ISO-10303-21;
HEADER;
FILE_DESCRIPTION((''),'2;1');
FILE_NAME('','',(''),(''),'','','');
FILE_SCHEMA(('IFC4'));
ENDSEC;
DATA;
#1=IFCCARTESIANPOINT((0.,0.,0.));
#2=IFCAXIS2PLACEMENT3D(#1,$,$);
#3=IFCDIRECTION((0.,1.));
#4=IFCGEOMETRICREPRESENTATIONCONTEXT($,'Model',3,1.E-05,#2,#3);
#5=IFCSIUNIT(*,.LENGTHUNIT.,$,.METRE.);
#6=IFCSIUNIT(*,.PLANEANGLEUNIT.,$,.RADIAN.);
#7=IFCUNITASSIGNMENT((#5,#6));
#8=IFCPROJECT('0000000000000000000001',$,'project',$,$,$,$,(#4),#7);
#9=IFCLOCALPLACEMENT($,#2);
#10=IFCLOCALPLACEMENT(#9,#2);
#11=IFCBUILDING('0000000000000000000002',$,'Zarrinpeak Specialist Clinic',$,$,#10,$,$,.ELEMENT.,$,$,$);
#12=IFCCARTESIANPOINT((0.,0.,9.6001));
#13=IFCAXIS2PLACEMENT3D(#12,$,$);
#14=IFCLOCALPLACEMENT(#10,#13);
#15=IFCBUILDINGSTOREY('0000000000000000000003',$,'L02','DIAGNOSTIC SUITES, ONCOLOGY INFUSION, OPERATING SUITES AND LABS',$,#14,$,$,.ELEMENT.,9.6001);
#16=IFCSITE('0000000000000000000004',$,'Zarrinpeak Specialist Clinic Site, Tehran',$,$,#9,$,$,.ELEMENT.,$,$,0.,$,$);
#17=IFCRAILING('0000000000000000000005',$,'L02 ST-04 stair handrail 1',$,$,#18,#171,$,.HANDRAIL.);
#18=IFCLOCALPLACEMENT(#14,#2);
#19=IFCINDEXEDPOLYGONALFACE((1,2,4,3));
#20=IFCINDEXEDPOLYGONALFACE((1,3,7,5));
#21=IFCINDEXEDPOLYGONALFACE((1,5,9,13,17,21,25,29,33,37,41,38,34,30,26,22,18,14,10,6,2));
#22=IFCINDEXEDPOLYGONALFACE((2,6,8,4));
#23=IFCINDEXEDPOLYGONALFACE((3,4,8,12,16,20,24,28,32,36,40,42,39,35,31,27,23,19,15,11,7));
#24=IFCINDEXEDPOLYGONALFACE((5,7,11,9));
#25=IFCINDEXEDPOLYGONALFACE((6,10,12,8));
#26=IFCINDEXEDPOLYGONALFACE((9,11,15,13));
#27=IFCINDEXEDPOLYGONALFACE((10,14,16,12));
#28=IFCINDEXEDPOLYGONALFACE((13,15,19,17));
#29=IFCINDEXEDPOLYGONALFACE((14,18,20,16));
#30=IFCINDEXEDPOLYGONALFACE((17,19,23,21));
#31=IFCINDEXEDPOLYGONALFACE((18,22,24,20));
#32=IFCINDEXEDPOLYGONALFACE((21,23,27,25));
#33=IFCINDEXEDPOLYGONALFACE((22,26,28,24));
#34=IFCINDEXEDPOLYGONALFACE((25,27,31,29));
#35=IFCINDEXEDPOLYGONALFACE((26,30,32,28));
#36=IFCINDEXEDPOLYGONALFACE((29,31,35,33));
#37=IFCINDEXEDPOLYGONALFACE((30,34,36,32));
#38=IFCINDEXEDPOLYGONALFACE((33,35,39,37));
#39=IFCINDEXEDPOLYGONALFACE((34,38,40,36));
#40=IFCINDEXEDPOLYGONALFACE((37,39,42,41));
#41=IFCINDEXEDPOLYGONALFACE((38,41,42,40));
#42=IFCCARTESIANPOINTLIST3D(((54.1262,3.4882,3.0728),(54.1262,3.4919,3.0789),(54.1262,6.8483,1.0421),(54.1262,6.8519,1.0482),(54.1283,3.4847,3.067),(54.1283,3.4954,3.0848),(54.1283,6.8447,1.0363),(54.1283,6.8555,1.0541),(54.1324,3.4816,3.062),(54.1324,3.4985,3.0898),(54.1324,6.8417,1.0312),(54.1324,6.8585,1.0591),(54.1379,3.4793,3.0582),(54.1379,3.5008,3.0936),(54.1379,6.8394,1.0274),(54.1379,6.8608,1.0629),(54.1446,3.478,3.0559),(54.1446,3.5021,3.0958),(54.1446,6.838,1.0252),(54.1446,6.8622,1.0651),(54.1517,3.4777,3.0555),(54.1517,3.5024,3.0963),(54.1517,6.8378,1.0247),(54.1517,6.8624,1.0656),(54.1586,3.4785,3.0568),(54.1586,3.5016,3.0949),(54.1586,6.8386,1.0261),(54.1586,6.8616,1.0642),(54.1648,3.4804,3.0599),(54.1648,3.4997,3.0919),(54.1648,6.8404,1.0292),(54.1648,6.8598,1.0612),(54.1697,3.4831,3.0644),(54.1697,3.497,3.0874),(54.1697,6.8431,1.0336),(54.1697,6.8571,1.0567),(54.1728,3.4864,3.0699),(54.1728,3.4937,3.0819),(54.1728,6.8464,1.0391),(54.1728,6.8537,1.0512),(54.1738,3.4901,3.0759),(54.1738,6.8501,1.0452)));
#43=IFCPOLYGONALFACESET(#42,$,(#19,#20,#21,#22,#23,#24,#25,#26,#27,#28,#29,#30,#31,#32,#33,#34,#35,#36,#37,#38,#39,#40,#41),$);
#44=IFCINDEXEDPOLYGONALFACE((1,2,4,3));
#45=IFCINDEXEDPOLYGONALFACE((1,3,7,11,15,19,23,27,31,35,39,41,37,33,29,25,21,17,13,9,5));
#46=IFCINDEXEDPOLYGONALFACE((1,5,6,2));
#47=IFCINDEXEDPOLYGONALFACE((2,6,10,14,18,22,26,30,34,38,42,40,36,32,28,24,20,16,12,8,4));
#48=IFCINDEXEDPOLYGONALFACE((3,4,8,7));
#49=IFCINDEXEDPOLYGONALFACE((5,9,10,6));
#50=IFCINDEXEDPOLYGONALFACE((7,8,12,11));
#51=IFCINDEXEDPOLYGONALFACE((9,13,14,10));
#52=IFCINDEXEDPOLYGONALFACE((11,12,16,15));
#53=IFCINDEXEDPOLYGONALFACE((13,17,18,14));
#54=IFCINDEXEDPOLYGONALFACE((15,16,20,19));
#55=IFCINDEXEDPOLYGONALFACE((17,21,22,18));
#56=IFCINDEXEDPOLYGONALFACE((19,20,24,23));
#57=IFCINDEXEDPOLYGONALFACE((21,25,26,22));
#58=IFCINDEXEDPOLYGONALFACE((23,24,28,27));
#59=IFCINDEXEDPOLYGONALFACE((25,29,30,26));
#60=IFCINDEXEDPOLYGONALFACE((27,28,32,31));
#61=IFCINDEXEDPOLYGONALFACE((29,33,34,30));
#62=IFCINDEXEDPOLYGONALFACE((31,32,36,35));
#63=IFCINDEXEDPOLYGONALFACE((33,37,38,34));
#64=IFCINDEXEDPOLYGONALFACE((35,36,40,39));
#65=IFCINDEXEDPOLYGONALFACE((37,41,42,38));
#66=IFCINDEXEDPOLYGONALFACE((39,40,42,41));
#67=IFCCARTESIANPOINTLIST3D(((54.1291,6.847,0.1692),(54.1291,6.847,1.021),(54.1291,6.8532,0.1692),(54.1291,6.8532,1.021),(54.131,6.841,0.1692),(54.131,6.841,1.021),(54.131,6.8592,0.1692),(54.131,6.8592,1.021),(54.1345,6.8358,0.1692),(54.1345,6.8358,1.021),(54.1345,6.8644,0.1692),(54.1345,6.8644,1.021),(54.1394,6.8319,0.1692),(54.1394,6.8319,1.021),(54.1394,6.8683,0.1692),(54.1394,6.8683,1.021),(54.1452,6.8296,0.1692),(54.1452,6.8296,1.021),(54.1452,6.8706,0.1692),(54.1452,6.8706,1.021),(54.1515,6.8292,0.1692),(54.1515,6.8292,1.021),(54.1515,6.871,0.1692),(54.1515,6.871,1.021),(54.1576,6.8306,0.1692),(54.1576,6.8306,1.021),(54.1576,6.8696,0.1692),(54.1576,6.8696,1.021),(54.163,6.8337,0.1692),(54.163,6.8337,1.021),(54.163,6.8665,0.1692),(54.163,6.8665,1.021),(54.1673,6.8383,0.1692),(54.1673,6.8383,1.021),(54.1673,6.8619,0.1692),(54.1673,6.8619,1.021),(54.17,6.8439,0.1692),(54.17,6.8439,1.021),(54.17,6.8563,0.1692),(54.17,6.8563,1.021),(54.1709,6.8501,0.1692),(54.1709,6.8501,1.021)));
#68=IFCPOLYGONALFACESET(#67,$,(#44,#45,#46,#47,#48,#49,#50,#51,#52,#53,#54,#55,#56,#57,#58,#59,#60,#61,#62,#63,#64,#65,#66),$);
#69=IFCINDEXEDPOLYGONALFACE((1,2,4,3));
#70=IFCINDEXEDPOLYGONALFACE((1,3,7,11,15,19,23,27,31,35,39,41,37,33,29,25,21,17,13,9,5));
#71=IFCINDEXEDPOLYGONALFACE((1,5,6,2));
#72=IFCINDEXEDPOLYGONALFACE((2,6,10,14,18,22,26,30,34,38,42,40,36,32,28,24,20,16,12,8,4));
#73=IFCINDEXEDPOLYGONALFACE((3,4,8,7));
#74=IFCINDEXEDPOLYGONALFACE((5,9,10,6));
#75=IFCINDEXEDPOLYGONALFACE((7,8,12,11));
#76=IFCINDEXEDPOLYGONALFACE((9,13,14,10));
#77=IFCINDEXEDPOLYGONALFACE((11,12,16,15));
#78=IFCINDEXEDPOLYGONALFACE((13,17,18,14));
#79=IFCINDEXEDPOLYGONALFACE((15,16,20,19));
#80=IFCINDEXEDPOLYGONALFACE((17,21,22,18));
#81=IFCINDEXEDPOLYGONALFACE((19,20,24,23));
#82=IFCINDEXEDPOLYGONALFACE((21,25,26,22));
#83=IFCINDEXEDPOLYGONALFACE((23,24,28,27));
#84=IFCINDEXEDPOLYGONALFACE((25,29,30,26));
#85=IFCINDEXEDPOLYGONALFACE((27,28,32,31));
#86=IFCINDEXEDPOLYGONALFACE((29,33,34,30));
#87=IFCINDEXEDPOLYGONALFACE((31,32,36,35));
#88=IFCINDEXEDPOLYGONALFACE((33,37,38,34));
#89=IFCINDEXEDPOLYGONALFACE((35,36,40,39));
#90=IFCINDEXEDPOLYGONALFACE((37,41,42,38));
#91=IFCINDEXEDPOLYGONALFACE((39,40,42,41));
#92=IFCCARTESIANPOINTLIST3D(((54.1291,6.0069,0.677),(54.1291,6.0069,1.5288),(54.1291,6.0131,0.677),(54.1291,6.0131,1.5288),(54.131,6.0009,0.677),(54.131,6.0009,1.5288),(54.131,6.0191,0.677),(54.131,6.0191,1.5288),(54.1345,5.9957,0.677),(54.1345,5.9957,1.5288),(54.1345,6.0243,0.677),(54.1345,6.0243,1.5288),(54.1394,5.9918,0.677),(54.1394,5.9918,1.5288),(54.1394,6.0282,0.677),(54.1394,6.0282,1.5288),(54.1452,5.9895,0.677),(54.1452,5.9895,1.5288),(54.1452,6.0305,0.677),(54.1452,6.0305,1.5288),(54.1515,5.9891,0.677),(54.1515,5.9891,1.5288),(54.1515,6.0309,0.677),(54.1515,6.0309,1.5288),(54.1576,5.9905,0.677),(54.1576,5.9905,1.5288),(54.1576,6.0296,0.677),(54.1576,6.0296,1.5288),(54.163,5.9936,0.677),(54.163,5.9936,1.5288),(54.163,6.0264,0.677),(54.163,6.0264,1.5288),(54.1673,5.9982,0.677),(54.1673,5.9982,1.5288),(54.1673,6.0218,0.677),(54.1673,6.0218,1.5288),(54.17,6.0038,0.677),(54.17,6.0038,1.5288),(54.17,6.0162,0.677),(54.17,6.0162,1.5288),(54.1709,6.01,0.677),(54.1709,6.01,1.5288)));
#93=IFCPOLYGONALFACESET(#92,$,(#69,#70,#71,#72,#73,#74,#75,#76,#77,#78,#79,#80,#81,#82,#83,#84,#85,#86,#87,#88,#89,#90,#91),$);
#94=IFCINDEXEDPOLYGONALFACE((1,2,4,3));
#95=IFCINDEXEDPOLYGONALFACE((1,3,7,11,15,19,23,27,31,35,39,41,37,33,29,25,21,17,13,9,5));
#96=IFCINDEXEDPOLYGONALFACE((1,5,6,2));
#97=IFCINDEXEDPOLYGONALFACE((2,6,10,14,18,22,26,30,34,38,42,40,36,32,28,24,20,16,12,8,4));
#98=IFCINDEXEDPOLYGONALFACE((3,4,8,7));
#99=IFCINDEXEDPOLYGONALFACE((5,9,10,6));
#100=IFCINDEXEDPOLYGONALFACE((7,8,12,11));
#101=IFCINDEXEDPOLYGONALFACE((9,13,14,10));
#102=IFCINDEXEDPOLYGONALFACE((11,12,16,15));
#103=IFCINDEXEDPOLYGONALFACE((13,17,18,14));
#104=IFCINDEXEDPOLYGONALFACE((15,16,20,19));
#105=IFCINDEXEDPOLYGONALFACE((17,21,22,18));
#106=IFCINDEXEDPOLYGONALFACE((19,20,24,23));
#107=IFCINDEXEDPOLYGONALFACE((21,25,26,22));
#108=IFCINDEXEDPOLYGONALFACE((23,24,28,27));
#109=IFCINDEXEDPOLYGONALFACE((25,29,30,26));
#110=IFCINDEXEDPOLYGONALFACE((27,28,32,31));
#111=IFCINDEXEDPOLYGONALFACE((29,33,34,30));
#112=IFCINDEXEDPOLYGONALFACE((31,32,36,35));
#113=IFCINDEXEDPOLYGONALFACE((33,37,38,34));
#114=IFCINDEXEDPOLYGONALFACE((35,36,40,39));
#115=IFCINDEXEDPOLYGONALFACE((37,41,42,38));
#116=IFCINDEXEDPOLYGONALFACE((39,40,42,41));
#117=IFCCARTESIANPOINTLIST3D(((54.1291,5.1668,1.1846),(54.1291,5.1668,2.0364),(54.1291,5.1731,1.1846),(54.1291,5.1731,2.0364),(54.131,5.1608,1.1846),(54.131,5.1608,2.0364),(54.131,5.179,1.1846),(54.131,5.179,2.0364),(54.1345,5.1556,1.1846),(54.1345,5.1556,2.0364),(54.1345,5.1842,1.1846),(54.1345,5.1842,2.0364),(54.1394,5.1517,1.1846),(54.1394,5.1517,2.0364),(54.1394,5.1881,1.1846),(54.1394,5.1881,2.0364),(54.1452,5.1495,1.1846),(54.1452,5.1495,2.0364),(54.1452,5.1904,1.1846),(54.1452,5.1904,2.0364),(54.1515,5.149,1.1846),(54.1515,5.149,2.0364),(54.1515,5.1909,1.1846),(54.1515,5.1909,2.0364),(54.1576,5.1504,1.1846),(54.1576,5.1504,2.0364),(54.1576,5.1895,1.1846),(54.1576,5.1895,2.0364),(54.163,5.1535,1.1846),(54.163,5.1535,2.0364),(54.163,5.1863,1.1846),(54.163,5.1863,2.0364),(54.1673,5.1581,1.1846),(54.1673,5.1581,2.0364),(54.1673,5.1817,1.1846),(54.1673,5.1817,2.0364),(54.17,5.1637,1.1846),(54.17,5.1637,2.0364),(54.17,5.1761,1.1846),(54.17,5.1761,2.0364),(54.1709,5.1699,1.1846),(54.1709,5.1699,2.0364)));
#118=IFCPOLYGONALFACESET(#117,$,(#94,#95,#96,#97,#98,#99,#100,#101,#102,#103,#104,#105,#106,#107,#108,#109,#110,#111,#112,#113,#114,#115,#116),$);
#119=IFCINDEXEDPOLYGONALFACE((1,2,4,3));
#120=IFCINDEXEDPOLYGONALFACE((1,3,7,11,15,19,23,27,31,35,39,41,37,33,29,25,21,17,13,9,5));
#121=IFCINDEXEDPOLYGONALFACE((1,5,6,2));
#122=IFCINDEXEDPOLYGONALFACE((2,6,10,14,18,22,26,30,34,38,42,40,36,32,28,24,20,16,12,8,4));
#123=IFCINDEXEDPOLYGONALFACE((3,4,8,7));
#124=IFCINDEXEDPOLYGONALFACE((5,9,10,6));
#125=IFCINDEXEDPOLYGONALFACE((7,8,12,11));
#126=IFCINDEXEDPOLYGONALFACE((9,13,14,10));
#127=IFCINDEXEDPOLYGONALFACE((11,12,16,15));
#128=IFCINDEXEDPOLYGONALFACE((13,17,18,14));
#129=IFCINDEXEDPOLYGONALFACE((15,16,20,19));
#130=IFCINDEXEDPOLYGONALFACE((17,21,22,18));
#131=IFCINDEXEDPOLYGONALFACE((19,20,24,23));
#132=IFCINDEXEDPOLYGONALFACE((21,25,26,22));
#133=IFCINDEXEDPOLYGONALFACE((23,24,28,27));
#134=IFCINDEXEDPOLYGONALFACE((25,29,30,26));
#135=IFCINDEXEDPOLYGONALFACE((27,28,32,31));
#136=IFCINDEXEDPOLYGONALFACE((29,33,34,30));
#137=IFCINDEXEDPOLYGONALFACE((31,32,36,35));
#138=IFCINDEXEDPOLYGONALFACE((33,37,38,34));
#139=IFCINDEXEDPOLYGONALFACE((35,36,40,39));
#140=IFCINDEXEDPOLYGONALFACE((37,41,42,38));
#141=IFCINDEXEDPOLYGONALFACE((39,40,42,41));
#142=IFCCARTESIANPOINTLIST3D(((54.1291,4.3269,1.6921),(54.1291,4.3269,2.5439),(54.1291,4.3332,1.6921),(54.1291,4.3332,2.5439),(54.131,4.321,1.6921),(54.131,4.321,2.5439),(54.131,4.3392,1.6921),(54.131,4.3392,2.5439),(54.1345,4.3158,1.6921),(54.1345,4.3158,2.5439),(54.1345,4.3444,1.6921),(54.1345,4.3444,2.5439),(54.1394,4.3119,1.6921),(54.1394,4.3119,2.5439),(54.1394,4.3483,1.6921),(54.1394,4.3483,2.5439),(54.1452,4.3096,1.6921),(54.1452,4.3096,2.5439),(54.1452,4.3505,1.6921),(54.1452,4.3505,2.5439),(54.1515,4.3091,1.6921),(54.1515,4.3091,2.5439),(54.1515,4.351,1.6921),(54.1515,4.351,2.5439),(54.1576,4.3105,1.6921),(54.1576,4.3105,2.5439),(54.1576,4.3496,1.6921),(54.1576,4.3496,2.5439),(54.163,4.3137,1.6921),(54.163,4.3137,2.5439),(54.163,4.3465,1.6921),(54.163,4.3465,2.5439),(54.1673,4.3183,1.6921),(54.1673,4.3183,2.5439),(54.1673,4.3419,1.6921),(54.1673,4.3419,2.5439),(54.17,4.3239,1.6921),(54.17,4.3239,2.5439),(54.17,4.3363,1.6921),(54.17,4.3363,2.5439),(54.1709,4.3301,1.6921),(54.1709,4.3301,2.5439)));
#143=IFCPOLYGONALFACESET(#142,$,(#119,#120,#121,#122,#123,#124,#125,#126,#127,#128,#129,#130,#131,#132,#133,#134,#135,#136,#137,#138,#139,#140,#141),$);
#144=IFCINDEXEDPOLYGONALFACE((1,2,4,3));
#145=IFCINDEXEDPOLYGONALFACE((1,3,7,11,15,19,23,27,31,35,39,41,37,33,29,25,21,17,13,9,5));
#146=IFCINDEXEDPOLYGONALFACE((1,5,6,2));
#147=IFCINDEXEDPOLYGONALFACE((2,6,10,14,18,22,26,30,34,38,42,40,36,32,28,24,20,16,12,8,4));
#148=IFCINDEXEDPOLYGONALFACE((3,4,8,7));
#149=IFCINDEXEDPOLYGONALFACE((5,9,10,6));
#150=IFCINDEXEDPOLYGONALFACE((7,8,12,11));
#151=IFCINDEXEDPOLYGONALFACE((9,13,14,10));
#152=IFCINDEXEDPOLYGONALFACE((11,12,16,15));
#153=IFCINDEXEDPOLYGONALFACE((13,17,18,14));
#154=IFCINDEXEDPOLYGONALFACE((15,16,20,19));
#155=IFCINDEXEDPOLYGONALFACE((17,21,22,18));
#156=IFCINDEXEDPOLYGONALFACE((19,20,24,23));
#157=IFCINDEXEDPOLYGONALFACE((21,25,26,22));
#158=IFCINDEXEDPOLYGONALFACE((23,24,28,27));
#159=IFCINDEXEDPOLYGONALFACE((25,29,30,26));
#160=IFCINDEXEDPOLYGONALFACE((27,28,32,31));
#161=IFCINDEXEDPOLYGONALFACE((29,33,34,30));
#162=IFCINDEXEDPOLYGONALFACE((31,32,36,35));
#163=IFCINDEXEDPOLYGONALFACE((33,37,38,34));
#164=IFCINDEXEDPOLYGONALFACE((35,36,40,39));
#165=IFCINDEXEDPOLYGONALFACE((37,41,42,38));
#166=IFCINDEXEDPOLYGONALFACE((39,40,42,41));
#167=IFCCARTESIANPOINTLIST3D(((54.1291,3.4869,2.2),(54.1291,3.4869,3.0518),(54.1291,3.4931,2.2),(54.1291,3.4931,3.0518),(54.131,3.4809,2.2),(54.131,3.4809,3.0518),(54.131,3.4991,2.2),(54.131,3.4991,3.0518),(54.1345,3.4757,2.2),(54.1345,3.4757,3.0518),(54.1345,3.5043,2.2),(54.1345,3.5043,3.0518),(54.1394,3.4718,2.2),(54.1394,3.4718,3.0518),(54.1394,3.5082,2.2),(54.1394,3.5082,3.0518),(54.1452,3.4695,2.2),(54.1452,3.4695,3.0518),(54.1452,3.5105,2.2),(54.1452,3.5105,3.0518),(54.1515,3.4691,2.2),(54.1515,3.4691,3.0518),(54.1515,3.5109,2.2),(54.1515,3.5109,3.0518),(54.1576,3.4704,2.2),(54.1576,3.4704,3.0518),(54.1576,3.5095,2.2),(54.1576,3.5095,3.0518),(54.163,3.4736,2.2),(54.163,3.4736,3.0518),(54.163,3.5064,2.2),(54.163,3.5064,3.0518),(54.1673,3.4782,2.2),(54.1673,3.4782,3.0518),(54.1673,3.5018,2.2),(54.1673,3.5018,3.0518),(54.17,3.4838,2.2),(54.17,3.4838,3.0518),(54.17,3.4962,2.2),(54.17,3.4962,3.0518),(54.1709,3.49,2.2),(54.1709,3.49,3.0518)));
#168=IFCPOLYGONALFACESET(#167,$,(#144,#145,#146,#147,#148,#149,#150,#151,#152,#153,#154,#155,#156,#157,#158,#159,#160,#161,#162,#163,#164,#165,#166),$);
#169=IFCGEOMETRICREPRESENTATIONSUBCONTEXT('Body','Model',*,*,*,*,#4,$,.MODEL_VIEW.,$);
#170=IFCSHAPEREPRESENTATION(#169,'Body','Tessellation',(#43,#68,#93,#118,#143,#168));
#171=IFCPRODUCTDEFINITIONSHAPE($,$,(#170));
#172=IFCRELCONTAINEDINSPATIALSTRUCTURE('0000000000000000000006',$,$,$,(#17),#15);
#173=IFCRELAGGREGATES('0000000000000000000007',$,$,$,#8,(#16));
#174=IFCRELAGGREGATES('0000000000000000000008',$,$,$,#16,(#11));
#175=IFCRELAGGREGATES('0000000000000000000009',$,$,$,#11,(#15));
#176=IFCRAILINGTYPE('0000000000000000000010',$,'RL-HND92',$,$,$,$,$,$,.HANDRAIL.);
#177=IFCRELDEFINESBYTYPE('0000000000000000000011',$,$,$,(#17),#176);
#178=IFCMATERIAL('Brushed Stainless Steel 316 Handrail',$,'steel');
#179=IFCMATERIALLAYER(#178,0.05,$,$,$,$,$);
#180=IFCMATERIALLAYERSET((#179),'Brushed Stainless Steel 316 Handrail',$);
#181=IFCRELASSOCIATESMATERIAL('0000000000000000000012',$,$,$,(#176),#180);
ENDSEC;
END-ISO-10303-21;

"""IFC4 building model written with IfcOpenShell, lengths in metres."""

from ifc_helpers import new_model, si_unit, direction, frame, origin, origin_2d, place, context, subcontext, project, spatial, circle, extrude, material, layer, layer_set, type_object, element, save


model = new_model("IFC4")

# Units and contexts
model_context = context("Model", 3, precision=1e-05, world=origin(), true_north=direction((0.0, 1.0)))
body_context = subcontext(model_context, "Body", "Model", "MODEL_VIEW")
ifc_project = project(units=[si_unit("LENGTHUNIT", "METRE"), si_unit("PLANEANGLEUNIT", "RADIAN")], contexts=[model_context])

# Site, building, storey
site_placement = place(None, origin())
site = spatial("IfcSite", under=ifc_project, at=site_placement, Name="Zarrinpeak Specialist Clinic Site, Tehran", CompositionType="ELEMENT", RefElevation=0.0)
building_placement = place(site_placement, origin())
building = spatial("IfcBuilding", under=site, at=building_placement, Name="Zarrinpeak Specialist Clinic", CompositionType="ELEMENT")
storey_placement = place(building_placement, frame((0.0, 0.0, 9.6001)))
storey = spatial("IfcBuildingStorey", under=building, at=storey_placement, Name="L02", Description="DIAGNOSTIC SUITES, ONCOLOGY INFUSION, OPERATING SUITES AND LABS", CompositionType="ELEMENT", Elevation=9.6001)

# Railing
ifc_material_1 = material(Name="Brushed Stainless Steel 316 Handrail", Category="steel")
ifc_layer_1 = layer(ifc_material_1, 0.05)
ifc_layer_set_1 = layer_set([ifc_layer_1], Name="Brushed Stainless Steel 316 Handrail")
railing_type_1 = type_object("IfcRailingType", Name="RL-HND92", PredefinedType="HANDRAIL", material=ifc_layer_set_1)
railing_1_placement = place(storey_placement, frame((54.1499, 6.8501, 0.1692)))
element("IfcRailing", 1, at=railing_1_placement, inside=storey, type_object=railing_type_1, Name="L02 ST-04 stair handrail 1", PredefinedType="HANDRAIL", context=body_context, shape_type="SweptSolid", body=[
    extrude(circle(Radius=0.0239, at=origin_2d()), frame((0.0, 0.0, 0.876), z_axis=(0.0, -0.855837, 0.517246), x_axis=(1.0, 0.0, 0.0)), (0.0, 0.0, 1.0), 3.926),
    extrude(circle(Radius=0.021, at=origin_2d()), origin(), (0.0, 0.0, 1.0), 0.8518),
    extrude(circle(Radius=0.021, at=origin_2d()), frame((0.0, -0.8401, 0.5078)), (0.0, 0.0, 1.0), 0.8518),
    extrude(circle(Radius=0.021, at=origin_2d()), frame((0.0, -1.6802, 1.0154)), (0.0, 0.0, 1.0), 0.8518),
    extrude(circle(Radius=0.021, at=origin_2d()), frame((0.0, -2.52, 1.5229)), (0.0, 0.0, 1.0), 0.8518),
    extrude(circle(Radius=0.021, at=origin_2d()), frame((0.0, -3.3601, 2.0308)), (0.0, 0.0, 1.0), 0.8518),
])

save(model, "model.ifc")
